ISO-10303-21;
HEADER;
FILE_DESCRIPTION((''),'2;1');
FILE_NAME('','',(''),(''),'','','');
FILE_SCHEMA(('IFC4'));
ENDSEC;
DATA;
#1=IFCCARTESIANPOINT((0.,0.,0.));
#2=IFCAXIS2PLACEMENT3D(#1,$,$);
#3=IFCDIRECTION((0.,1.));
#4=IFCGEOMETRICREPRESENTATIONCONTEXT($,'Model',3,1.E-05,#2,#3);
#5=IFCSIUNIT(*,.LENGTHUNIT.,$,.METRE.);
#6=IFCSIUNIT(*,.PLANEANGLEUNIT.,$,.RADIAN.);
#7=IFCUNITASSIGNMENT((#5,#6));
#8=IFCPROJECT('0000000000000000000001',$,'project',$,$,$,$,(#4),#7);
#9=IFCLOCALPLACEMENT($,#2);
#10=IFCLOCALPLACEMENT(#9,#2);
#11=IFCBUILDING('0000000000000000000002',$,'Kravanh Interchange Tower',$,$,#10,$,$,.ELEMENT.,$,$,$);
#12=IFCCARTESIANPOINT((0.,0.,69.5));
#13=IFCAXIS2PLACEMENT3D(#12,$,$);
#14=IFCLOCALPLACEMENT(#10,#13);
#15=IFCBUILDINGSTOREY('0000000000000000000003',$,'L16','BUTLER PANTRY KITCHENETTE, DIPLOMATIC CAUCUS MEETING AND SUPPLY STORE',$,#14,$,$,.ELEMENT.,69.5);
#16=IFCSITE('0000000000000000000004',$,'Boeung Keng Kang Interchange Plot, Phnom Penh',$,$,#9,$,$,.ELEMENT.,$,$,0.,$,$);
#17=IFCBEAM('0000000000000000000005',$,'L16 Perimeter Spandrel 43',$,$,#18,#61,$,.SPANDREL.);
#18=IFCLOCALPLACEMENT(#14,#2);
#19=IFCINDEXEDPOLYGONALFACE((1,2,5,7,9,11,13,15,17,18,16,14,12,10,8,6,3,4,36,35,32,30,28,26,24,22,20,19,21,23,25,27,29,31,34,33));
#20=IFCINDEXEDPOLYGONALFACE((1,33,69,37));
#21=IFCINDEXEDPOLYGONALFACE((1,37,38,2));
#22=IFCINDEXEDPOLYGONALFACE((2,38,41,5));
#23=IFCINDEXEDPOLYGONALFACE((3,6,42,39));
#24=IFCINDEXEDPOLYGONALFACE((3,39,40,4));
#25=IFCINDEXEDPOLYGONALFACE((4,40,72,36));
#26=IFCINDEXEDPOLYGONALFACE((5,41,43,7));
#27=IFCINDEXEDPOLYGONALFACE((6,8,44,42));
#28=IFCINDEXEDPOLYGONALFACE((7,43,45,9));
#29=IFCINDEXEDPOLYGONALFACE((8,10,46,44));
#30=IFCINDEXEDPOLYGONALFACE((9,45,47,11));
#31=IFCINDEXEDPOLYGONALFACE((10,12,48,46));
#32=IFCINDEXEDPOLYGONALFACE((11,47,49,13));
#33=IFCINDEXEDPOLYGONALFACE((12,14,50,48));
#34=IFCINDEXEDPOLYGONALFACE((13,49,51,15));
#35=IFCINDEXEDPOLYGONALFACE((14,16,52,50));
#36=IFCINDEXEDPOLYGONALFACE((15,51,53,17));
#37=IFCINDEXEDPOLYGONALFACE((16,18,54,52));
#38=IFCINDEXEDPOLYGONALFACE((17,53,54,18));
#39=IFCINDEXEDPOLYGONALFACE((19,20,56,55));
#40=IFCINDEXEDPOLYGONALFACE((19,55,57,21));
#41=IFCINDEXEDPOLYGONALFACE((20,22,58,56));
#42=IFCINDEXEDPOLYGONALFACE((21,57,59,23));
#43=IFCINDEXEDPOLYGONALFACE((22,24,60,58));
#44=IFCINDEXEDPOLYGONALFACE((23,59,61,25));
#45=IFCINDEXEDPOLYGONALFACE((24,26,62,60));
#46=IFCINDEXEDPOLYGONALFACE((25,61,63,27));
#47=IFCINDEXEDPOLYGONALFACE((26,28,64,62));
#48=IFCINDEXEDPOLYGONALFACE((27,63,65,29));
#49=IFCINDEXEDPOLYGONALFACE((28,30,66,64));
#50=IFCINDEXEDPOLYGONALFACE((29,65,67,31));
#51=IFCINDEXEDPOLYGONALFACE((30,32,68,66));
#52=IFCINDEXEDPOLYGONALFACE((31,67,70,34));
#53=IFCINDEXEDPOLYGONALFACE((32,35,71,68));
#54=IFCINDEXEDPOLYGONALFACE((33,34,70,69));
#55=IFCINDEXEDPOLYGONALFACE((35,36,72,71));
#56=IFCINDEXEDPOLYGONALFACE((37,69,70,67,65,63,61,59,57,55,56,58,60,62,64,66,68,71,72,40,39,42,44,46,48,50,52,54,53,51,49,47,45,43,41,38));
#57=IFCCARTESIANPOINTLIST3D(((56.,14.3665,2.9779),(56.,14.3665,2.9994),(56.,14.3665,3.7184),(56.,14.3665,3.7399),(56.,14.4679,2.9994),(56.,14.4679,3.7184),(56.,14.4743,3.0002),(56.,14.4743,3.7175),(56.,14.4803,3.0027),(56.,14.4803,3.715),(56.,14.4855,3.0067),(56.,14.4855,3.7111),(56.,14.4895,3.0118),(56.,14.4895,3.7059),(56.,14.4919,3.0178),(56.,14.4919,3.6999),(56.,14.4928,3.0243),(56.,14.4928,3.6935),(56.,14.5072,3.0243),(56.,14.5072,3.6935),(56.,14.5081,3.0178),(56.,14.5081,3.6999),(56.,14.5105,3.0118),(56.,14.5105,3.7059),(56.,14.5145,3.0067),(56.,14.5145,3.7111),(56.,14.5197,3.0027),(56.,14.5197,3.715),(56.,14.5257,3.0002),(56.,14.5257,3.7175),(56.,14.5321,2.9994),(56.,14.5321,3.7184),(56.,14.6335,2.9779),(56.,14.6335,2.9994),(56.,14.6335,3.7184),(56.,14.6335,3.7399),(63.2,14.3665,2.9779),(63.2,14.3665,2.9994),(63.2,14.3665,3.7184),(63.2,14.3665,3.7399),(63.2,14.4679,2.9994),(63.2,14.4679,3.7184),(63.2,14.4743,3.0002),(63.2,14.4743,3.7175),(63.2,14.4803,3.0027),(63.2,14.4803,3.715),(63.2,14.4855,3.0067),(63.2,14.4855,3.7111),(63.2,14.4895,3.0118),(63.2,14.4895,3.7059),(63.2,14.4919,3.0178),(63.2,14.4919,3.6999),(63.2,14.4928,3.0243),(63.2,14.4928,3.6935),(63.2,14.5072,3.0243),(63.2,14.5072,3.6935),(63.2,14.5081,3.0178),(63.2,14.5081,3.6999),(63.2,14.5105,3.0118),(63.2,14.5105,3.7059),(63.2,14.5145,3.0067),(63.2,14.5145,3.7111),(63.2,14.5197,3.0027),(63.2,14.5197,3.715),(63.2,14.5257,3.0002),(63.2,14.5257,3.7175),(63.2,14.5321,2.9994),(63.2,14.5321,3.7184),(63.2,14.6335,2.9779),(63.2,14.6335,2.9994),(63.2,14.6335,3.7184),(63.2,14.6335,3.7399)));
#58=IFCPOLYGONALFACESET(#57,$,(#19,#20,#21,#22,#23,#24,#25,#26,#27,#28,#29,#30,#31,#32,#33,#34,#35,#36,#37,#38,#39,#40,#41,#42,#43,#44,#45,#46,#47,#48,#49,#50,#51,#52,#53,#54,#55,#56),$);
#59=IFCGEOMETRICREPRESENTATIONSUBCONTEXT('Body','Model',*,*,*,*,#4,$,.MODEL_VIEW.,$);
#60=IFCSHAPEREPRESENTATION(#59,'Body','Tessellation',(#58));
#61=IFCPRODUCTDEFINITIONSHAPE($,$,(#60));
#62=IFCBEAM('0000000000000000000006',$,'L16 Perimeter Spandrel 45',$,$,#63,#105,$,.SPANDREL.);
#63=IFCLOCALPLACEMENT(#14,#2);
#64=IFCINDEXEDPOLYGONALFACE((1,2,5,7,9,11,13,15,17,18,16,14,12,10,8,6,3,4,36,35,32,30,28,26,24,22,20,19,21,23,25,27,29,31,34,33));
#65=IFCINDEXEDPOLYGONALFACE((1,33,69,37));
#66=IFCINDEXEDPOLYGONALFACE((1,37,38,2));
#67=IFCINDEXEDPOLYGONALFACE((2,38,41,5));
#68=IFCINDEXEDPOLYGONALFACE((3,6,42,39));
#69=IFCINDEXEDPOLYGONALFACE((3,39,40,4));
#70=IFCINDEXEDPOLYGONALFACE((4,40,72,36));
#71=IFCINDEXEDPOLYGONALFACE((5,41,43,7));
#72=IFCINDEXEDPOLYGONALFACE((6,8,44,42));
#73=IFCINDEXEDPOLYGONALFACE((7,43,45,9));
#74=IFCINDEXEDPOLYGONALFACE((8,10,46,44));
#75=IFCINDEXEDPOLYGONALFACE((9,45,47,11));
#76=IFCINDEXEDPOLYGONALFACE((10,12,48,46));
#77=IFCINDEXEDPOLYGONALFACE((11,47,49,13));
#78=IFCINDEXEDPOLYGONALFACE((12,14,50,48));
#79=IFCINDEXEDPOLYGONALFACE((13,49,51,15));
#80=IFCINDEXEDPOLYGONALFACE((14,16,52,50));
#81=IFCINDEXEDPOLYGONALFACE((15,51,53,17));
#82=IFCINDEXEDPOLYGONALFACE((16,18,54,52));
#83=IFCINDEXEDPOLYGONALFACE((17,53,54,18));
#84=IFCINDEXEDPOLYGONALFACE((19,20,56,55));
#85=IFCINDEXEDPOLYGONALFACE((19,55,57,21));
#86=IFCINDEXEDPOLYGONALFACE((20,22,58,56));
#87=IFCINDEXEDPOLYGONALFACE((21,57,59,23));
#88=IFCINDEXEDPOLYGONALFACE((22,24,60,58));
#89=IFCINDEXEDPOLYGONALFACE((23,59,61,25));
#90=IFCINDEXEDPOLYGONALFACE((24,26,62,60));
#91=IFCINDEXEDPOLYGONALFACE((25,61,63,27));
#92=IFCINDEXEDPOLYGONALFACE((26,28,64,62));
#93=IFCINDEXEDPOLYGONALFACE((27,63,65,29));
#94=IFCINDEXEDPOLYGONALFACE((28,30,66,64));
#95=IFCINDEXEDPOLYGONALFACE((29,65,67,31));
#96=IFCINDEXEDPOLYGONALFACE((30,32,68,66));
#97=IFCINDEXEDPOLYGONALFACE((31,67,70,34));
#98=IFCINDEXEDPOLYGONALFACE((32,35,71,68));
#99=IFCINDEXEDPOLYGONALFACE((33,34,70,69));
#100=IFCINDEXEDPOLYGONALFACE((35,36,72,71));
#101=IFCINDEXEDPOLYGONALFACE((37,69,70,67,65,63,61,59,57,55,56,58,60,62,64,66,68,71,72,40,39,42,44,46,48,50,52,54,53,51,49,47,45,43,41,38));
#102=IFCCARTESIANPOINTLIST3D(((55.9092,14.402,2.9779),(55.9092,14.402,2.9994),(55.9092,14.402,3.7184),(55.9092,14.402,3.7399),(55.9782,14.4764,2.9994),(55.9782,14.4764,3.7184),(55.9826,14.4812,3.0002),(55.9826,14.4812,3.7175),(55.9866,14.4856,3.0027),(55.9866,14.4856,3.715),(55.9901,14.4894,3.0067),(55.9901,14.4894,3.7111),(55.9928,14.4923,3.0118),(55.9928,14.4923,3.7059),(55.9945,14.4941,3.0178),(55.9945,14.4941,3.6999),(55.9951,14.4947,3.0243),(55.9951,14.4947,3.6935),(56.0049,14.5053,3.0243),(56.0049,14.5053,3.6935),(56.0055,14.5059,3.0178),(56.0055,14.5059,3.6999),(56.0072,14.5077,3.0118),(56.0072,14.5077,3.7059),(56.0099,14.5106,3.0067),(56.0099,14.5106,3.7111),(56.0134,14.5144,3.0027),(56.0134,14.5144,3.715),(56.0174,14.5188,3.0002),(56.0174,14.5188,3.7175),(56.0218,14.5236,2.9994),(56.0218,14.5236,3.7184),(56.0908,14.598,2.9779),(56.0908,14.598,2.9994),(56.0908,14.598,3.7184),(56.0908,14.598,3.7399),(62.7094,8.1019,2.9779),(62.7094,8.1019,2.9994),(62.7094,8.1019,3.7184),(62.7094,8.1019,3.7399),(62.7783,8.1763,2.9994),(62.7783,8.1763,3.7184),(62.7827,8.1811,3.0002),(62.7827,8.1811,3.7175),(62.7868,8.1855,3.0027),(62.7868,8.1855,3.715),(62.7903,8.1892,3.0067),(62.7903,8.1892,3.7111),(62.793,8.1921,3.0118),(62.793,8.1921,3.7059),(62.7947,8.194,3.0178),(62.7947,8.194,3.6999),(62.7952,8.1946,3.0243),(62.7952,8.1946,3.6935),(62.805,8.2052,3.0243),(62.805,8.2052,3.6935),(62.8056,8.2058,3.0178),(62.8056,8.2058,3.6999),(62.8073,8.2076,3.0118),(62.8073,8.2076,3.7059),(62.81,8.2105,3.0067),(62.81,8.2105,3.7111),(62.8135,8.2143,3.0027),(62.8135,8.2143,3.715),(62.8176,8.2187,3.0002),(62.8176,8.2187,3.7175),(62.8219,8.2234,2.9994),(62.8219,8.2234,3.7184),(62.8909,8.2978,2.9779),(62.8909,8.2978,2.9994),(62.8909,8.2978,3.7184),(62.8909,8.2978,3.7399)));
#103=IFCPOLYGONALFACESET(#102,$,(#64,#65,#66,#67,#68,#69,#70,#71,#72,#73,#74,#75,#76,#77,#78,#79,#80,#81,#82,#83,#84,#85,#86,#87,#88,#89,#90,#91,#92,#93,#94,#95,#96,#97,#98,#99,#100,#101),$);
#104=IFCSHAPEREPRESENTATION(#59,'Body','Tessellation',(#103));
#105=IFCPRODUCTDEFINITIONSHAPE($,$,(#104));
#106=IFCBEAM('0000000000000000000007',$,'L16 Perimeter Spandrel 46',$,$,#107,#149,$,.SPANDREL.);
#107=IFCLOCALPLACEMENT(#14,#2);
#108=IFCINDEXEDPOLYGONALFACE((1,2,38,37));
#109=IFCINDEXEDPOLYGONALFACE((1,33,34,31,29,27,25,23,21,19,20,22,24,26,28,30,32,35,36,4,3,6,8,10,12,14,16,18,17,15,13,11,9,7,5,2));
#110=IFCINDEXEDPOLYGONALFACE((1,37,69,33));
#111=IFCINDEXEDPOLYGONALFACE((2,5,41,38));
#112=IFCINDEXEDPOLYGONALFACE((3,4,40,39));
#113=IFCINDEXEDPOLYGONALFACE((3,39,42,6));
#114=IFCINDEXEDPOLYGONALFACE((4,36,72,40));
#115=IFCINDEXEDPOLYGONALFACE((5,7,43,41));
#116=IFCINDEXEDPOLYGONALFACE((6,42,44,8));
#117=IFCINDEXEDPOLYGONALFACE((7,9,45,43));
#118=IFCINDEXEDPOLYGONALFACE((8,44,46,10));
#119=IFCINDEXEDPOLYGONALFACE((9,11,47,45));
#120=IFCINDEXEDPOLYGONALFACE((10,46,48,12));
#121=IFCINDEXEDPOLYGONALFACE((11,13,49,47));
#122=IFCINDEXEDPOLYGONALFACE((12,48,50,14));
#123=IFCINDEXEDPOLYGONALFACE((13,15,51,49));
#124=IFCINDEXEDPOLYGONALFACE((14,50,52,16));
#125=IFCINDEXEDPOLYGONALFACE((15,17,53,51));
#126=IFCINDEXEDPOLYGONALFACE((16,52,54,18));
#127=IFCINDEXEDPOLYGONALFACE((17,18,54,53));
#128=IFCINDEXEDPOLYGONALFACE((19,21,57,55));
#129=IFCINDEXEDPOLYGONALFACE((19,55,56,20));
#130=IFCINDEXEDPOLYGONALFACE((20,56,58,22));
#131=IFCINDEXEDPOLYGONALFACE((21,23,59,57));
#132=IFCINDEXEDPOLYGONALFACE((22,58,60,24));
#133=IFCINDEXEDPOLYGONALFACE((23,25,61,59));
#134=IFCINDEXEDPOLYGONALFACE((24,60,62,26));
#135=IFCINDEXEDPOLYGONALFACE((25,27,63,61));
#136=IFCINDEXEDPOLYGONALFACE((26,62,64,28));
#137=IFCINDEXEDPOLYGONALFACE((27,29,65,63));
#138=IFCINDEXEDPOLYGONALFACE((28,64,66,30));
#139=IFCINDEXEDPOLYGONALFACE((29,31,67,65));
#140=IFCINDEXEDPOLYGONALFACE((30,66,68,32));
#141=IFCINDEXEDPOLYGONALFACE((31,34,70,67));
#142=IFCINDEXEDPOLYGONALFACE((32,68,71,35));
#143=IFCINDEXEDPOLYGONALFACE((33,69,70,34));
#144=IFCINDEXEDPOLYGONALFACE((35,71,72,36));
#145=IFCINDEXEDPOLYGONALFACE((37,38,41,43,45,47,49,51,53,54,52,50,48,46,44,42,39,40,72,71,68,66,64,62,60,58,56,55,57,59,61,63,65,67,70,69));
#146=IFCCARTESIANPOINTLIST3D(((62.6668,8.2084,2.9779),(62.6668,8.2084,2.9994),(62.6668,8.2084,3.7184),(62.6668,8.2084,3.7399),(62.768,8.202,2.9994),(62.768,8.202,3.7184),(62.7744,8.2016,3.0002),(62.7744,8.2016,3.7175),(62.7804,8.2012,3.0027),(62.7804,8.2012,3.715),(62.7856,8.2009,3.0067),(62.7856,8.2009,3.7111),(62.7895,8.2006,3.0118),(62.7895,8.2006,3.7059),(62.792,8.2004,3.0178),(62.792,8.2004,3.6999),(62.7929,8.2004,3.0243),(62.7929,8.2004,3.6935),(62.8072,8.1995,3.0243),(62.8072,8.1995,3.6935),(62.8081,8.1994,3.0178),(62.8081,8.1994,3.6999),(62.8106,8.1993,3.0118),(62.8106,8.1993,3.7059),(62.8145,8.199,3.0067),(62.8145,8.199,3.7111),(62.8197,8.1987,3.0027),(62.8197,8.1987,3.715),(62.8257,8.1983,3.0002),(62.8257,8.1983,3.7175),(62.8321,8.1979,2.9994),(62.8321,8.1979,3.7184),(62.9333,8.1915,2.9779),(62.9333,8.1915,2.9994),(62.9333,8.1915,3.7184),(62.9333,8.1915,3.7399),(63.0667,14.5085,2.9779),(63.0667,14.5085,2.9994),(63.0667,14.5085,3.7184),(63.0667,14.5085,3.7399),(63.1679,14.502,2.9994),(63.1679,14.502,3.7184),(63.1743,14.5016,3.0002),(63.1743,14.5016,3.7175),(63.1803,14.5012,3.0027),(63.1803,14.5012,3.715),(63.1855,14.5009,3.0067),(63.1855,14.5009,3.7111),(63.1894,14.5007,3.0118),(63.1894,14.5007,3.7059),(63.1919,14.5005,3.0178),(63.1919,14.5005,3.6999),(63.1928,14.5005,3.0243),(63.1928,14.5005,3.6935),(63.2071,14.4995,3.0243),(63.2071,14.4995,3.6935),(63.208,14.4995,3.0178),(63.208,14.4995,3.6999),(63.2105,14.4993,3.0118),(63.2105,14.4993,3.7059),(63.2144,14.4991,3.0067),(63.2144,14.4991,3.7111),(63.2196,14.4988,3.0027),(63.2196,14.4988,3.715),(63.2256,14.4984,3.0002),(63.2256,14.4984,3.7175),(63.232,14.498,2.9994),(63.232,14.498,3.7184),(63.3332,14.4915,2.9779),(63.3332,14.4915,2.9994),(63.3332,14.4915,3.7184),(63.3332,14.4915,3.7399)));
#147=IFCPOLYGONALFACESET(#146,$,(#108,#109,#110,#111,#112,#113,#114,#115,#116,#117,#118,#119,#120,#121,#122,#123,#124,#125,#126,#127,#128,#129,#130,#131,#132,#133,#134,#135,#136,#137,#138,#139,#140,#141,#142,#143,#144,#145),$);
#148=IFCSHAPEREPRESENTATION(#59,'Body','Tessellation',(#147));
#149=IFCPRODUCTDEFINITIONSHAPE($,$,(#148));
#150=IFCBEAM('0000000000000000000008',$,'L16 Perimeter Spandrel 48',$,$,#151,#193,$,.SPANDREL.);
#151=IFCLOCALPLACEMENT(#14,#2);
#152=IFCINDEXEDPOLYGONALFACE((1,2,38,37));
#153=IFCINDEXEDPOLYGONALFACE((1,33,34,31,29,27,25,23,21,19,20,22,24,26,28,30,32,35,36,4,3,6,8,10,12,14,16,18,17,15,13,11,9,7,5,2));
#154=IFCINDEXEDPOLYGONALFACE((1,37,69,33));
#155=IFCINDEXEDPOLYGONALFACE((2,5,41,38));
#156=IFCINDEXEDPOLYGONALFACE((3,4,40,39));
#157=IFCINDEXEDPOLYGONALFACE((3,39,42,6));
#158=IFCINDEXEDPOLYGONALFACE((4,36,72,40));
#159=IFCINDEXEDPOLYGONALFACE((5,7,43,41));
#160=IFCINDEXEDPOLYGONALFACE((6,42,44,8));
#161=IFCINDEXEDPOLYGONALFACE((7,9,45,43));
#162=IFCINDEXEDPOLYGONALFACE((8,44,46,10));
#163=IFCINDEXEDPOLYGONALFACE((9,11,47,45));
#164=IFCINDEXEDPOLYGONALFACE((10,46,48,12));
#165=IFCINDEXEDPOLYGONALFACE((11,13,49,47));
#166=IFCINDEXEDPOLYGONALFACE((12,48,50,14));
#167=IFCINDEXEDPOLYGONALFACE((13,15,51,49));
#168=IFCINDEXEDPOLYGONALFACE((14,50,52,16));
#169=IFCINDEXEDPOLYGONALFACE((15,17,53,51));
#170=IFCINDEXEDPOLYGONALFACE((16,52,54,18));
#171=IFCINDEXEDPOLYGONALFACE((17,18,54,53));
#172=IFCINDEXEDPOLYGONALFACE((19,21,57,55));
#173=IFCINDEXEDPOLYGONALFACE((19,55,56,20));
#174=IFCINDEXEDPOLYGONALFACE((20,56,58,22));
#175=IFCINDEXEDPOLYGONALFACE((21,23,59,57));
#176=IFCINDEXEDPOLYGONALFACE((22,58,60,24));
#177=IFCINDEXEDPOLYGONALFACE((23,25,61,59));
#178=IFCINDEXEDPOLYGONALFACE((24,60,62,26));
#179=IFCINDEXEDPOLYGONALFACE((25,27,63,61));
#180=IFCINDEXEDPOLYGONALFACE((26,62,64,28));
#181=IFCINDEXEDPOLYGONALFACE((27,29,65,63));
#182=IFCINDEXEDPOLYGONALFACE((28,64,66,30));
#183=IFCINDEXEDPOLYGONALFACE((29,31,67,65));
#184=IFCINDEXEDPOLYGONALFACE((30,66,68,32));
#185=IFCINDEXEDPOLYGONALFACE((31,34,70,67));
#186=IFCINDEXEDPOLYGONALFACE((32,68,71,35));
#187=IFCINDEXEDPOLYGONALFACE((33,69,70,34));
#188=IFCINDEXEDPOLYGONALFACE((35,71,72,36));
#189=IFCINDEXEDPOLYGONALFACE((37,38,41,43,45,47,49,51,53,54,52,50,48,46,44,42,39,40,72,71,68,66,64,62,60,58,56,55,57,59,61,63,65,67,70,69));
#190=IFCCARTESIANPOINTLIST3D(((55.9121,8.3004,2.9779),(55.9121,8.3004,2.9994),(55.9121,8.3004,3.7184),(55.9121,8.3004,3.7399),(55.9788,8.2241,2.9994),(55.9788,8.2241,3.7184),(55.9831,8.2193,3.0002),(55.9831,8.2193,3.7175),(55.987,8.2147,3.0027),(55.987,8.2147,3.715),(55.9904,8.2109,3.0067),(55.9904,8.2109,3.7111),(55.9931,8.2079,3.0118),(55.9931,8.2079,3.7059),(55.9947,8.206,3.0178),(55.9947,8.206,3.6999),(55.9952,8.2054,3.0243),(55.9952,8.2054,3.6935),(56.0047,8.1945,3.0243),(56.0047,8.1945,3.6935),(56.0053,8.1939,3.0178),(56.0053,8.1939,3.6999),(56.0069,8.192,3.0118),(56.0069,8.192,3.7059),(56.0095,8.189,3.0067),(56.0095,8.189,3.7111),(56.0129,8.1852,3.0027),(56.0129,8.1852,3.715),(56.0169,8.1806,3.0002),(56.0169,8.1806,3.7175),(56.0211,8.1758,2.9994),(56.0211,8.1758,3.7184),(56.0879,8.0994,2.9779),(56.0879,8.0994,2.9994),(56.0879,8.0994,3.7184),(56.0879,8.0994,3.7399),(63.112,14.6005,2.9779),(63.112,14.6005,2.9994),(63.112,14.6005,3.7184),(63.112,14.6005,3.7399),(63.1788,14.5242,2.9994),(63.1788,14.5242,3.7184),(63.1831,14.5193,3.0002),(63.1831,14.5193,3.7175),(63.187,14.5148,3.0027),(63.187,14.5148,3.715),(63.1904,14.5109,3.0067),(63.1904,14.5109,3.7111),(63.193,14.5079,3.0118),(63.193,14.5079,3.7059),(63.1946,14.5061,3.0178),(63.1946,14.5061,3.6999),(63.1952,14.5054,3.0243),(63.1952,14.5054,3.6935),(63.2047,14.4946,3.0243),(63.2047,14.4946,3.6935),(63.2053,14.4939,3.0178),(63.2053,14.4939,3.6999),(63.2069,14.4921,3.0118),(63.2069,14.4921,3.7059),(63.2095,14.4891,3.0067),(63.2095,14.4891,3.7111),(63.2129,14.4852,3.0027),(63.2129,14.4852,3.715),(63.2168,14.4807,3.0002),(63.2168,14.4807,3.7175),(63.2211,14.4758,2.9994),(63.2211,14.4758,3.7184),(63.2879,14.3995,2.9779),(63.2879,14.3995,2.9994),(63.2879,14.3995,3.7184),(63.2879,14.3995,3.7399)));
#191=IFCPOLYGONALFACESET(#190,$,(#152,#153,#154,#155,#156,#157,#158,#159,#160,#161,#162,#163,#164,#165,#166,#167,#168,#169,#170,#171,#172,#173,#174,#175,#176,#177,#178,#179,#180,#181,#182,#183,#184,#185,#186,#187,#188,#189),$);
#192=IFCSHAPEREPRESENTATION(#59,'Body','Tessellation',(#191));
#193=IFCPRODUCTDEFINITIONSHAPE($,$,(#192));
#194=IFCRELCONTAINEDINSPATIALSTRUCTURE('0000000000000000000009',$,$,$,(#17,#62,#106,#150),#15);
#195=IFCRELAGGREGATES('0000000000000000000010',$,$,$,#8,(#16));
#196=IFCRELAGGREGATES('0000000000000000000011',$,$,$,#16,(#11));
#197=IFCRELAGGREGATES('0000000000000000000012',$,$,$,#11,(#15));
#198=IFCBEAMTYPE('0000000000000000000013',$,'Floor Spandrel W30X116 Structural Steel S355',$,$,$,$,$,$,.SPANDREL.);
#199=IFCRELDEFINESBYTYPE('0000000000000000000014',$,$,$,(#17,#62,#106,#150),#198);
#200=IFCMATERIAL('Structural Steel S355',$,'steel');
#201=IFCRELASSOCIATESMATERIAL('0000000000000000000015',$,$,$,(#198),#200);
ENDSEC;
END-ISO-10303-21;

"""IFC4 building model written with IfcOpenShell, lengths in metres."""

from ifc_helpers import new_model, si_unit, direction, frame, origin, origin_2d, place, context, subcontext, project, spatial, i_section, extrude, material, material_profile, profile_set, type_object, element, save


model = new_model("IFC4")

# Units and contexts
model_context = context("Model", 3, precision=1e-05, world=origin(), true_north=direction((0.0, 1.0)))
body_context = subcontext(model_context, "Body", "Model", "MODEL_VIEW")
ifc_project = project(units=[si_unit("LENGTHUNIT", "METRE"), si_unit("PLANEANGLEUNIT", "RADIAN")], contexts=[model_context])

# Site, building, storey
site_placement = place(None, origin())
site = spatial("IfcSite", under=ifc_project, at=site_placement, Name="Boeung Keng Kang Interchange Plot, Phnom Penh", CompositionType="ELEMENT", RefElevation=0.0)
building_placement = place(site_placement, origin())
building = spatial("IfcBuilding", under=site, at=building_placement, Name="Kravanh Interchange Tower", CompositionType="ELEMENT")
storey_placement = place(building_placement, frame((0.0, 0.0, 69.5)))
storey = spatial("IfcBuildingStorey", under=building, at=storey_placement, Name="L16", Description="BUTLER PANTRY KITCHENETTE, DIPLOMATIC CAUCUS MEETING AND SUPPLY STORE", CompositionType="ELEMENT", Elevation=69.5)

# Beams
ifc_material_1 = material(Name="Structural Steel S355", Category="steel")
ifc_material_profile_1 = material_profile(ifc_material_1, i_section(OverallWidth=0.2671, OverallDepth=0.762, WebThickness=0.0144, FlangeThickness=0.0215, FilletRadius=0.0249, at=origin_2d()), Name="W30X116")
ifc_profile_set_1 = profile_set([ifc_material_profile_1], Name="Structural Steel S355")
beam_type_1 = type_object("IfcBeamType", Name="Floor Spandrel W30X116 Structural Steel S355", PredefinedType="SPANDREL", material=ifc_profile_set_1)
beam_1_placement = place(storey_placement, frame((56.0, 14.5, 3.3589), z_axis=(1.0, 0.0, 0.0), x_axis=(0.0, 1.0, 0.0)))
element("IfcBeam", 1, at=beam_1_placement, inside=storey, type_object=beam_type_1, Name="L16 Perimeter Spandrel 43", PredefinedType="SPANDREL", context=body_context, shape_type="SweptSolid", body=[
    extrude(i_section(OverallWidth=0.2671, OverallDepth=0.762, WebThickness=0.0144, FlangeThickness=0.0215, FilletRadius=0.0249, at=origin_2d()), origin(), (0.0, 0.0, 1.0), 7.2),
])
beam_2_placement = place(storey_placement, frame((56.0, 14.5, 3.3589), z_axis=(0.733561, -0.679623, 0.0), x_axis=(0.679623, 0.733561, 0.0)))
element("IfcBeam", 2, at=beam_2_placement, inside=storey, type_object=beam_type_1, Name="L16 Perimeter Spandrel 45", PredefinedType="SPANDREL", context=body_context, shape_type="SweptSolid", body=[
    extrude(i_section(OverallWidth=0.2671, OverallDepth=0.762, WebThickness=0.0144, FlangeThickness=0.0215, FilletRadius=0.0249, at=origin_2d()), origin(), (0.0, 0.0, 1.0), 9.27),
])
beam_3_placement = place(storey_placement, frame((63.2, 14.5, 3.3589), z_axis=(-0.063349, -0.997991, 0.0), x_axis=(0.997991, -0.063349, 0.0)))
element("IfcBeam", 3, at=beam_3_placement, inside=storey, type_object=beam_type_1, Name="L16 Perimeter Spandrel 46", PredefinedType="SPANDREL", context=body_context, shape_type="SweptSolid", body=[
    extrude(i_section(OverallWidth=0.2671, OverallDepth=0.762, WebThickness=0.0144, FlangeThickness=0.0215, FilletRadius=0.0249, at=origin_2d()), origin(), (0.0, 0.0, 1.0), 6.3127),
])
beam_4_placement = place(storey_placement, frame((63.2, 14.5, 3.3589), z_axis=(-0.752572, -0.65851, 0.0), x_axis=(0.65851, -0.752572, 0.0)))
element("IfcBeam", 4, at=beam_4_placement, inside=storey, type_object=beam_type_1, Name="L16 Perimeter Spandrel 48", PredefinedType="SPANDREL", context=body_context, shape_type="SweptSolid", body=[
    extrude(i_section(OverallWidth=0.2671, OverallDepth=0.762, WebThickness=0.0144, FlangeThickness=0.0215, FilletRadius=0.0249, at=origin_2d()), origin(), (0.0, 0.0, 1.0), 9.5671),
])

save(model, "model.ifc")
